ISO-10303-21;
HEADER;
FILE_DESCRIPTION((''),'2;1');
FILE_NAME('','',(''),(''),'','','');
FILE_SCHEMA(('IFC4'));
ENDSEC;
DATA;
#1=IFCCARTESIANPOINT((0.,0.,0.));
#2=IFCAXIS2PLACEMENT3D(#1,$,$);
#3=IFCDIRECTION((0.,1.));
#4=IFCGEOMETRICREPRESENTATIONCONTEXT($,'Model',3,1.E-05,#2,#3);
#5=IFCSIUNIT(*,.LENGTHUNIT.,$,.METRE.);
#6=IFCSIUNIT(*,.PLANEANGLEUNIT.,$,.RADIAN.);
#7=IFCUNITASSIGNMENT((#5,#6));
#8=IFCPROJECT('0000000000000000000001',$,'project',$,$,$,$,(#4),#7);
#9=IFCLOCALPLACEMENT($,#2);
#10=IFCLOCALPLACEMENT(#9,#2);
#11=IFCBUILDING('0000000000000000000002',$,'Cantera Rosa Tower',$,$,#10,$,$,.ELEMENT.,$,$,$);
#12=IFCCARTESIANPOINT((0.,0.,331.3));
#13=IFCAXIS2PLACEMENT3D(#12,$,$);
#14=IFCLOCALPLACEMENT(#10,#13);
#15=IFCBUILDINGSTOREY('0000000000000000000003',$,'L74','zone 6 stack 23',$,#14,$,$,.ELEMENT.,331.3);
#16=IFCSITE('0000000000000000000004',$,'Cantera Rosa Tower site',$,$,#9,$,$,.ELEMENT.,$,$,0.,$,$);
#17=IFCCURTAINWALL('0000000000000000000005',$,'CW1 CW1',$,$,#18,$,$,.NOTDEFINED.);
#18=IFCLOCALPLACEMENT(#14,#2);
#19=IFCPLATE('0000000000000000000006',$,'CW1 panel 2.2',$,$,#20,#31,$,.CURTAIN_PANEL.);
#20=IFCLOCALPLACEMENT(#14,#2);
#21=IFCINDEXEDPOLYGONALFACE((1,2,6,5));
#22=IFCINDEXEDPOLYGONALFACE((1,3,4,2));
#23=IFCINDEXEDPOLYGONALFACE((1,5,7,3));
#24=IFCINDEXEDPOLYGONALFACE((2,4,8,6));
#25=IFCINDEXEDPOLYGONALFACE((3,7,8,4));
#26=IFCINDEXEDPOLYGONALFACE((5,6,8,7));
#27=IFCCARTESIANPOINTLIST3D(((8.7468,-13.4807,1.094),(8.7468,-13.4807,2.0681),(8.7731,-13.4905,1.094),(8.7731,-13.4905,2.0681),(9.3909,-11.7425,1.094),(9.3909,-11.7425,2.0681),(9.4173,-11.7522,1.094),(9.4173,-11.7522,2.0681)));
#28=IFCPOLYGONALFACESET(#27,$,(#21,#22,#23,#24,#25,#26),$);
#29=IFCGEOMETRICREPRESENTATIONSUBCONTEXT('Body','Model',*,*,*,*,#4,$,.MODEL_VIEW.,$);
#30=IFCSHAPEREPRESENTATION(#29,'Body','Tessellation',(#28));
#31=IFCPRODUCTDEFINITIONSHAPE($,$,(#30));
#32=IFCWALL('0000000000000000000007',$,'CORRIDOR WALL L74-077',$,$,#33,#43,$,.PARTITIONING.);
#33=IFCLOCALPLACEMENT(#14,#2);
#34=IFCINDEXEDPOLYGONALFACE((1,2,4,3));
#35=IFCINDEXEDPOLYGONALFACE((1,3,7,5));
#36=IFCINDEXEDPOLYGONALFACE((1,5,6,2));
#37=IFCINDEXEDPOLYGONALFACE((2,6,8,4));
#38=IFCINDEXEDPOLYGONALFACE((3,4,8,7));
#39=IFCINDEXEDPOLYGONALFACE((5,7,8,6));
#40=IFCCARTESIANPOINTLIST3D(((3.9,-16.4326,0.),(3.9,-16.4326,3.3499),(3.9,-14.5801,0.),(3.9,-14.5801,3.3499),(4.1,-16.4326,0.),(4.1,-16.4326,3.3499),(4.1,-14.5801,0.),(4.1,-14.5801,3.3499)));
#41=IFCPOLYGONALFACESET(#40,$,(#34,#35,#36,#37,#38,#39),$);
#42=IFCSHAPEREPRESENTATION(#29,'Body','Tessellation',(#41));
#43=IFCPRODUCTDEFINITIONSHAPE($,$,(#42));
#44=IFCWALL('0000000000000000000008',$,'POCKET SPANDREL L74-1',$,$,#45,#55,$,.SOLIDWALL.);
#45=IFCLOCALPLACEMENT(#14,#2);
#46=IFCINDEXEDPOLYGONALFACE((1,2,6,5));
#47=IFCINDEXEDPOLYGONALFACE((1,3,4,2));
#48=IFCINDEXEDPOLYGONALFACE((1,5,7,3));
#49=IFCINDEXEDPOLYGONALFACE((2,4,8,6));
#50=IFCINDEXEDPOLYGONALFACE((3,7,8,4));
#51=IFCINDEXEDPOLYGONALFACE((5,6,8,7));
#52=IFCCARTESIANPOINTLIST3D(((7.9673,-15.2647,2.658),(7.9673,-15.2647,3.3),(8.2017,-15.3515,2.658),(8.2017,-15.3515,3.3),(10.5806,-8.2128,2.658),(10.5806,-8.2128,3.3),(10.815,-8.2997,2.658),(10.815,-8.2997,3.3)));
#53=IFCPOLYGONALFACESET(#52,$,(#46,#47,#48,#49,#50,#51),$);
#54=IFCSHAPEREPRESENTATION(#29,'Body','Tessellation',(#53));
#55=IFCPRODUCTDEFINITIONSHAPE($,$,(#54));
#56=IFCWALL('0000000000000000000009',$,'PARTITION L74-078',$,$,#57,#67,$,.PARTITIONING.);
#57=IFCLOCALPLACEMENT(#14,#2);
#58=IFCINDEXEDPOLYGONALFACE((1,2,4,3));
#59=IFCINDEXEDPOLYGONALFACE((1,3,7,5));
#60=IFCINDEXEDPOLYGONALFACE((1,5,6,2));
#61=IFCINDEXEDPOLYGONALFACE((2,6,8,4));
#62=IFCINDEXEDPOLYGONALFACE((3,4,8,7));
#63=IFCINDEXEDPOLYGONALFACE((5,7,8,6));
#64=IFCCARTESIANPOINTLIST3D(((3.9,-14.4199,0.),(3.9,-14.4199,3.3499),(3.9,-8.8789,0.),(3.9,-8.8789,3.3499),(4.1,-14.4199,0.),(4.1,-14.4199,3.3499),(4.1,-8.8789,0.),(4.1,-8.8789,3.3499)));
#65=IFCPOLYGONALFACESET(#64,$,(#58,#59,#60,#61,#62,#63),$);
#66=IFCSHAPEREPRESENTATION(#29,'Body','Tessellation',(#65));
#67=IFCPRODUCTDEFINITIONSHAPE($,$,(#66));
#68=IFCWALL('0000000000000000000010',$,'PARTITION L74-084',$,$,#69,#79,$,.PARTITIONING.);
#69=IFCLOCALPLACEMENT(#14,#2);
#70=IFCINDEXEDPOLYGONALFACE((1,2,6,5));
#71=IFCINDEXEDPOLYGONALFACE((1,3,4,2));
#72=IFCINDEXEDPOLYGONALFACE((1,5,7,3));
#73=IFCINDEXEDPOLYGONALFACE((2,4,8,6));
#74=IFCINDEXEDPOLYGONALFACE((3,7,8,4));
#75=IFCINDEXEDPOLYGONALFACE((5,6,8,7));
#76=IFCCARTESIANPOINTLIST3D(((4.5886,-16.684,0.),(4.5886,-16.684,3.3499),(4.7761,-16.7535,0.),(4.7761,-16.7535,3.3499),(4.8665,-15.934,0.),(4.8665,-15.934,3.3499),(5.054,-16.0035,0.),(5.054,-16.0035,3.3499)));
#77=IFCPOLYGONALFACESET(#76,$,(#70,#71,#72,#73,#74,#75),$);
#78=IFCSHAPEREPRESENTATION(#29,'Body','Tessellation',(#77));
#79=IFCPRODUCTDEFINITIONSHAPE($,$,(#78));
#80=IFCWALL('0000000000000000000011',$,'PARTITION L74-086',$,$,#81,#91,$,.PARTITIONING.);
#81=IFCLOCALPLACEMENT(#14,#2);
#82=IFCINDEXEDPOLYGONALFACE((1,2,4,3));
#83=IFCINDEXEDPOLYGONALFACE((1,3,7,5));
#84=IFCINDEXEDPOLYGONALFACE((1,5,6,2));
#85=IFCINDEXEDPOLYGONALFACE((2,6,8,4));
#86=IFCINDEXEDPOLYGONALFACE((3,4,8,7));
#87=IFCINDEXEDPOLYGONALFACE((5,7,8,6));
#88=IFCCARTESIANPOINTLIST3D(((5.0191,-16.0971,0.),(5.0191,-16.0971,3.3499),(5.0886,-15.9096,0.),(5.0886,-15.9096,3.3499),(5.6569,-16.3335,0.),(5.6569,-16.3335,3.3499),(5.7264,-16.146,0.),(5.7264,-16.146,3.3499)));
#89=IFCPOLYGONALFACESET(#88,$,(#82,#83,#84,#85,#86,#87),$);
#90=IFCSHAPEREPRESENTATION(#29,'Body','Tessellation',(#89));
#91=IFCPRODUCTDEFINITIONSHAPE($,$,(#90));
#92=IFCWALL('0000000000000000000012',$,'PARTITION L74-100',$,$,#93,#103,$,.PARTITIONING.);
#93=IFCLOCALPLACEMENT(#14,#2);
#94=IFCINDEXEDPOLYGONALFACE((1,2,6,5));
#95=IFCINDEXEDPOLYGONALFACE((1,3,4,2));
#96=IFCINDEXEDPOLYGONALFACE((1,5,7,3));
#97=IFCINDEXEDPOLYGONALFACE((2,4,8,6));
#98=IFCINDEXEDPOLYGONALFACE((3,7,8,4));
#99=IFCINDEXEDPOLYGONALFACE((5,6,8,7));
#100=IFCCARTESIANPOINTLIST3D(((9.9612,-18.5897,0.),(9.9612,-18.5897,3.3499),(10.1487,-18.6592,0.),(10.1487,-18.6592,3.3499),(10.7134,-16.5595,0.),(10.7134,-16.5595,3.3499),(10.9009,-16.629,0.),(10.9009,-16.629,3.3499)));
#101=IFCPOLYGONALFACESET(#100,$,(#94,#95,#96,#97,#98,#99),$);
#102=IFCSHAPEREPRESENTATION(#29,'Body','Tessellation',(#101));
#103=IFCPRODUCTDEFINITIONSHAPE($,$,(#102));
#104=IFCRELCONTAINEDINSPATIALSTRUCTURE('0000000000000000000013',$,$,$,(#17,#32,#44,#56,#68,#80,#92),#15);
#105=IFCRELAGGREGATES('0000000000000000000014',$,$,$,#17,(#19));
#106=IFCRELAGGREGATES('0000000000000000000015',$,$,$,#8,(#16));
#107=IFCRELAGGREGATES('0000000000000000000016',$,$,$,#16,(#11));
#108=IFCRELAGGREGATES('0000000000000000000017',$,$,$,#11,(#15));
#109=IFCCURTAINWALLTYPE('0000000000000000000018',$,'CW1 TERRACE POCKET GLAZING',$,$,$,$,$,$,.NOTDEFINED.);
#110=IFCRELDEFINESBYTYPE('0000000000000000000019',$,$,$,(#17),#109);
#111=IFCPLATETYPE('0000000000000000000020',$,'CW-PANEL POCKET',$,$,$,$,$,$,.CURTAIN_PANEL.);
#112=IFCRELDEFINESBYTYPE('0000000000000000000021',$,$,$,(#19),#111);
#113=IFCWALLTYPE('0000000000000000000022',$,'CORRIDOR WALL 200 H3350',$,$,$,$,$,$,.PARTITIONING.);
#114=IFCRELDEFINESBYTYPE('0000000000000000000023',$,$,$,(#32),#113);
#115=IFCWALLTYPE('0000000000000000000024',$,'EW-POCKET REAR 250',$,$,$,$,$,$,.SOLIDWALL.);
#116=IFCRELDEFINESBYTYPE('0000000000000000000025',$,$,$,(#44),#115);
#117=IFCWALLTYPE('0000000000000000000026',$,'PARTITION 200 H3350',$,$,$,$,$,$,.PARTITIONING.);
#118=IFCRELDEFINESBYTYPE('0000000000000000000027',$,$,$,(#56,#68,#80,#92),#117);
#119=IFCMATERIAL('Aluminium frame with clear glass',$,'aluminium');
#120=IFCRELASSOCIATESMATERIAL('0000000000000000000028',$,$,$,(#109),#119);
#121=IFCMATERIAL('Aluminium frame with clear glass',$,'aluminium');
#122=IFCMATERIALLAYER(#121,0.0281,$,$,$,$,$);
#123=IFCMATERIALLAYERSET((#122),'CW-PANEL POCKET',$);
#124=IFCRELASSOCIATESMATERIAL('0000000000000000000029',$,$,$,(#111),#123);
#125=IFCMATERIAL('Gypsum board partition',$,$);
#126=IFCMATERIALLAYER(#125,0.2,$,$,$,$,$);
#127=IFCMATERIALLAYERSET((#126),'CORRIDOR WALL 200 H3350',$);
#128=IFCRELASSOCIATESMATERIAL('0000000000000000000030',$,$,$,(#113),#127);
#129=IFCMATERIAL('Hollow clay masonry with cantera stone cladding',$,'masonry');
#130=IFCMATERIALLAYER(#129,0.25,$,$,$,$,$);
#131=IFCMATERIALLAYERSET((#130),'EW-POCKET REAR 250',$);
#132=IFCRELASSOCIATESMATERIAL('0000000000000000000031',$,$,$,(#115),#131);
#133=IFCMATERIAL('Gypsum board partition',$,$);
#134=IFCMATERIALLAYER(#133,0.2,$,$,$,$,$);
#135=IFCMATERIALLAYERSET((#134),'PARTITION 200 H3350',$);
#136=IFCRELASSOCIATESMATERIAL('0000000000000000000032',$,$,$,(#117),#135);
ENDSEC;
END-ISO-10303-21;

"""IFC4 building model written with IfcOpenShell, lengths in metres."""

from ifc_helpers import new_model, si_unit, direction, frame, frame_2d, origin, origin_2d, place, context, subcontext, project, spatial, rectangle, extrude, material, layer, layer_set, type_object, element, aggregate, save


model = new_model("IFC4")

# Units and contexts
model_context = context("Model", 3, precision=1e-05, world=origin(), true_north=direction((0.0, 1.0)))
body_context = subcontext(model_context, "Body", "Model", "MODEL_VIEW")
ifc_project = project(units=[si_unit("LENGTHUNIT", "METRE"), si_unit("PLANEANGLEUNIT", "RADIAN")], contexts=[model_context])

# Site, building, storey
site_placement = place(None, origin())
site = spatial("IfcSite", under=ifc_project, at=site_placement, Name="Cantera Rosa Tower site", CompositionType="ELEMENT", RefElevation=0.0)
building_placement = place(site_placement, origin())
building = spatial("IfcBuilding", under=site, at=building_placement, Name="Cantera Rosa Tower", CompositionType="ELEMENT")
storey_placement = place(building_placement, frame((0.0, 0.0, 331.3)))
storey = spatial("IfcBuildingStorey", under=building, at=storey_placement, Name="L74", Description="zone 6 stack 23", CompositionType="ELEMENT", Elevation=331.3)

# Curtain wall
ifc_material_1 = material(Name="Aluminium frame with clear glass", Category="aluminium")
curtain_wall_type = type_object("IfcCurtainWallType", Name="CW1 TERRACE POCKET GLAZING", PredefinedType="NOTDEFINED", material=ifc_material_1)
curtain_wall_placement = place(storey_placement, origin())
curtain_wall = element("IfcCurtainWall", 1, at=curtain_wall_placement, inside=storey, type_object=curtain_wall_type, Name="CW1 CW1", PredefinedType="NOTDEFINED")

# Plate
ifc_material_2 = material(Name="Aluminium frame with clear glass", Category="aluminium")
ifc_layer_1 = layer(ifc_material_2, 0.0281)
ifc_layer_set_1 = layer_set([ifc_layer_1], Name="CW-PANEL POCKET")
plate_type = type_object("IfcPlateType", Name="CW-PANEL POCKET", PredefinedType="CURTAIN_PANEL", material=ifc_layer_set_1)
plate_1_placement = place(storey_placement, frame((9.082, -12.6165, 1.094), z_axis=(0.0, 0.0, 1.0), x_axis=(0.347481, 0.937687, 0.0)))
plate_1 = element("IfcPlate", 2, at=plate_1_placement, type_object=plate_type, Name="CW1 panel 2.2", PredefinedType="CURTAIN_PANEL", context=body_context, shape_type="SweptSolid", body=[
    extrude(rectangle(XDim=1.8538, YDim=0.0281, at=origin_2d()), origin(), (0.0, 0.0, 1.0), 0.9741),
])
aggregate(curtain_wall, [plate_1])

# Walls
ifc_material_3 = material(Name="Gypsum board partition")
ifc_layer_2 = layer(ifc_material_3, 0.2)
ifc_layer_set_2 = layer_set([ifc_layer_2], Name="CORRIDOR WALL 200 H3350")
wall_type_1 = type_object("IfcWallType", Name="CORRIDOR WALL 200 H3350", PredefinedType="PARTITIONING", material=ifc_layer_set_2)
wall_1_placement = place(storey_placement, frame((4.0, -16.4326, 0.0), z_axis=(0.0, 0.0, 1.0), x_axis=(0.0, 1.0, 0.0)))
element("IfcWall", 3, at=wall_1_placement, inside=storey, type_object=wall_type_1, Name="CORRIDOR WALL L74-077", PredefinedType="PARTITIONING", context=body_context, shape_type="SweptSolid", body=[
    extrude(rectangle(XDim=1.8525, YDim=0.2, at=frame_2d((0.9263, 0.0))), origin(), (0.0, 0.0, 1.0), 3.3499),
])
ifc_material_4 = material(Name="Hollow clay masonry with cantera stone cladding", Category="masonry")
ifc_layer_3 = layer(ifc_material_4, 0.25)
ifc_layer_set_3 = layer_set([ifc_layer_3], Name="EW-POCKET REAR 250")
wall_type_2 = type_object("IfcWallType", Name="EW-POCKET REAR 250", PredefinedType="SOLIDWALL", material=ifc_layer_set_3)
wall_2_placement = place(storey_placement, frame((8.0845, -15.3081, 2.658), z_axis=(0.0, 0.0, 1.0), x_axis=(0.347492, 0.937683, 0.0)))
element("IfcWall", 4, at=wall_2_placement, inside=storey, type_object=wall_type_2, Name="POCKET SPANDREL L74-1", PredefinedType="SOLIDWALL", context=body_context, shape_type="SweptSolid", body=[
    extrude(rectangle(XDim=7.5205, YDim=0.25, at=frame_2d((3.7603, 0.0))), origin(), (0.0, 0.0, 1.0), 0.6421),
])
ifc_material_5 = material(Name="Gypsum board partition")
ifc_layer_4 = layer(ifc_material_5, 0.2)
ifc_layer_set_4 = layer_set([ifc_layer_4], Name="PARTITION 200 H3350")
wall_type_3 = type_object("IfcWallType", Name="PARTITION 200 H3350", PredefinedType="PARTITIONING", material=ifc_layer_set_4)
wall_3_placement = place(storey_placement, frame((4.0, -14.4199, 0.0), z_axis=(0.0, 0.0, 1.0), x_axis=(0.0, 1.0, 0.0)))
element("IfcWall", 5, at=wall_3_placement, inside=storey, type_object=wall_type_3, Name="PARTITION L74-078", PredefinedType="PARTITIONING", context=body_context, shape_type="SweptSolid", body=[
    extrude(rectangle(XDim=5.541, YDim=0.2, at=frame_2d((2.7705, 0.0))), origin(), (0.0, 0.0, 1.0), 3.3499),
])
wall_4_placement = place(storey_placement, frame((4.9602, -15.9688, 0.0), z_axis=(0.0, 0.0, 1.0), x_axis=(-0.347374, -0.937727, 0.0)))
element("IfcWall", 6, at=wall_4_placement, inside=storey, type_object=wall_type_3, Name="PARTITION L74-084", PredefinedType="PARTITIONING", context=body_context, shape_type="SweptSolid", body=[
    extrude(rectangle(XDim=0.7998, YDim=0.2, at=frame_2d((0.3999, 0.0))), origin(), (0.0, 0.0, 1.0), 3.3499),
])
wall_5_placement = place(storey_placement, frame((5.6917, -16.2397, 0.0), z_axis=(0.0, 0.0, 1.0), x_axis=(-0.937679, 0.347501, 0.0)))
element("IfcWall", 7, at=wall_5_placement, inside=storey, type_object=wall_type_3, Name="PARTITION L74-086", PredefinedType="PARTITIONING", context=body_context, shape_type="SweptSolid", body=[
    extrude(rectangle(XDim=0.6802, YDim=0.2, at=frame_2d((0.3401, 0.0))), origin(), (0.0, 0.0, 1.0), 3.3499),
])
wall_6_placement = place(storey_placement, frame((10.8071, -16.5942, 0.0), z_axis=(0.0, 0.0, 1.0), x_axis=(-0.347414, -0.937712, 0.0)))
element("IfcWall", 8, at=wall_6_placement, inside=storey, type_object=wall_type_3, Name="PARTITION L74-100", PredefinedType="PARTITIONING", context=body_context, shape_type="SweptSolid", body=[
    extrude(rectangle(XDim=2.165, YDim=0.2, at=frame_2d((1.0825, 0.0))), origin(), (0.0, 0.0, 1.0), 3.3499),
])

save(model, "model.ifc")
